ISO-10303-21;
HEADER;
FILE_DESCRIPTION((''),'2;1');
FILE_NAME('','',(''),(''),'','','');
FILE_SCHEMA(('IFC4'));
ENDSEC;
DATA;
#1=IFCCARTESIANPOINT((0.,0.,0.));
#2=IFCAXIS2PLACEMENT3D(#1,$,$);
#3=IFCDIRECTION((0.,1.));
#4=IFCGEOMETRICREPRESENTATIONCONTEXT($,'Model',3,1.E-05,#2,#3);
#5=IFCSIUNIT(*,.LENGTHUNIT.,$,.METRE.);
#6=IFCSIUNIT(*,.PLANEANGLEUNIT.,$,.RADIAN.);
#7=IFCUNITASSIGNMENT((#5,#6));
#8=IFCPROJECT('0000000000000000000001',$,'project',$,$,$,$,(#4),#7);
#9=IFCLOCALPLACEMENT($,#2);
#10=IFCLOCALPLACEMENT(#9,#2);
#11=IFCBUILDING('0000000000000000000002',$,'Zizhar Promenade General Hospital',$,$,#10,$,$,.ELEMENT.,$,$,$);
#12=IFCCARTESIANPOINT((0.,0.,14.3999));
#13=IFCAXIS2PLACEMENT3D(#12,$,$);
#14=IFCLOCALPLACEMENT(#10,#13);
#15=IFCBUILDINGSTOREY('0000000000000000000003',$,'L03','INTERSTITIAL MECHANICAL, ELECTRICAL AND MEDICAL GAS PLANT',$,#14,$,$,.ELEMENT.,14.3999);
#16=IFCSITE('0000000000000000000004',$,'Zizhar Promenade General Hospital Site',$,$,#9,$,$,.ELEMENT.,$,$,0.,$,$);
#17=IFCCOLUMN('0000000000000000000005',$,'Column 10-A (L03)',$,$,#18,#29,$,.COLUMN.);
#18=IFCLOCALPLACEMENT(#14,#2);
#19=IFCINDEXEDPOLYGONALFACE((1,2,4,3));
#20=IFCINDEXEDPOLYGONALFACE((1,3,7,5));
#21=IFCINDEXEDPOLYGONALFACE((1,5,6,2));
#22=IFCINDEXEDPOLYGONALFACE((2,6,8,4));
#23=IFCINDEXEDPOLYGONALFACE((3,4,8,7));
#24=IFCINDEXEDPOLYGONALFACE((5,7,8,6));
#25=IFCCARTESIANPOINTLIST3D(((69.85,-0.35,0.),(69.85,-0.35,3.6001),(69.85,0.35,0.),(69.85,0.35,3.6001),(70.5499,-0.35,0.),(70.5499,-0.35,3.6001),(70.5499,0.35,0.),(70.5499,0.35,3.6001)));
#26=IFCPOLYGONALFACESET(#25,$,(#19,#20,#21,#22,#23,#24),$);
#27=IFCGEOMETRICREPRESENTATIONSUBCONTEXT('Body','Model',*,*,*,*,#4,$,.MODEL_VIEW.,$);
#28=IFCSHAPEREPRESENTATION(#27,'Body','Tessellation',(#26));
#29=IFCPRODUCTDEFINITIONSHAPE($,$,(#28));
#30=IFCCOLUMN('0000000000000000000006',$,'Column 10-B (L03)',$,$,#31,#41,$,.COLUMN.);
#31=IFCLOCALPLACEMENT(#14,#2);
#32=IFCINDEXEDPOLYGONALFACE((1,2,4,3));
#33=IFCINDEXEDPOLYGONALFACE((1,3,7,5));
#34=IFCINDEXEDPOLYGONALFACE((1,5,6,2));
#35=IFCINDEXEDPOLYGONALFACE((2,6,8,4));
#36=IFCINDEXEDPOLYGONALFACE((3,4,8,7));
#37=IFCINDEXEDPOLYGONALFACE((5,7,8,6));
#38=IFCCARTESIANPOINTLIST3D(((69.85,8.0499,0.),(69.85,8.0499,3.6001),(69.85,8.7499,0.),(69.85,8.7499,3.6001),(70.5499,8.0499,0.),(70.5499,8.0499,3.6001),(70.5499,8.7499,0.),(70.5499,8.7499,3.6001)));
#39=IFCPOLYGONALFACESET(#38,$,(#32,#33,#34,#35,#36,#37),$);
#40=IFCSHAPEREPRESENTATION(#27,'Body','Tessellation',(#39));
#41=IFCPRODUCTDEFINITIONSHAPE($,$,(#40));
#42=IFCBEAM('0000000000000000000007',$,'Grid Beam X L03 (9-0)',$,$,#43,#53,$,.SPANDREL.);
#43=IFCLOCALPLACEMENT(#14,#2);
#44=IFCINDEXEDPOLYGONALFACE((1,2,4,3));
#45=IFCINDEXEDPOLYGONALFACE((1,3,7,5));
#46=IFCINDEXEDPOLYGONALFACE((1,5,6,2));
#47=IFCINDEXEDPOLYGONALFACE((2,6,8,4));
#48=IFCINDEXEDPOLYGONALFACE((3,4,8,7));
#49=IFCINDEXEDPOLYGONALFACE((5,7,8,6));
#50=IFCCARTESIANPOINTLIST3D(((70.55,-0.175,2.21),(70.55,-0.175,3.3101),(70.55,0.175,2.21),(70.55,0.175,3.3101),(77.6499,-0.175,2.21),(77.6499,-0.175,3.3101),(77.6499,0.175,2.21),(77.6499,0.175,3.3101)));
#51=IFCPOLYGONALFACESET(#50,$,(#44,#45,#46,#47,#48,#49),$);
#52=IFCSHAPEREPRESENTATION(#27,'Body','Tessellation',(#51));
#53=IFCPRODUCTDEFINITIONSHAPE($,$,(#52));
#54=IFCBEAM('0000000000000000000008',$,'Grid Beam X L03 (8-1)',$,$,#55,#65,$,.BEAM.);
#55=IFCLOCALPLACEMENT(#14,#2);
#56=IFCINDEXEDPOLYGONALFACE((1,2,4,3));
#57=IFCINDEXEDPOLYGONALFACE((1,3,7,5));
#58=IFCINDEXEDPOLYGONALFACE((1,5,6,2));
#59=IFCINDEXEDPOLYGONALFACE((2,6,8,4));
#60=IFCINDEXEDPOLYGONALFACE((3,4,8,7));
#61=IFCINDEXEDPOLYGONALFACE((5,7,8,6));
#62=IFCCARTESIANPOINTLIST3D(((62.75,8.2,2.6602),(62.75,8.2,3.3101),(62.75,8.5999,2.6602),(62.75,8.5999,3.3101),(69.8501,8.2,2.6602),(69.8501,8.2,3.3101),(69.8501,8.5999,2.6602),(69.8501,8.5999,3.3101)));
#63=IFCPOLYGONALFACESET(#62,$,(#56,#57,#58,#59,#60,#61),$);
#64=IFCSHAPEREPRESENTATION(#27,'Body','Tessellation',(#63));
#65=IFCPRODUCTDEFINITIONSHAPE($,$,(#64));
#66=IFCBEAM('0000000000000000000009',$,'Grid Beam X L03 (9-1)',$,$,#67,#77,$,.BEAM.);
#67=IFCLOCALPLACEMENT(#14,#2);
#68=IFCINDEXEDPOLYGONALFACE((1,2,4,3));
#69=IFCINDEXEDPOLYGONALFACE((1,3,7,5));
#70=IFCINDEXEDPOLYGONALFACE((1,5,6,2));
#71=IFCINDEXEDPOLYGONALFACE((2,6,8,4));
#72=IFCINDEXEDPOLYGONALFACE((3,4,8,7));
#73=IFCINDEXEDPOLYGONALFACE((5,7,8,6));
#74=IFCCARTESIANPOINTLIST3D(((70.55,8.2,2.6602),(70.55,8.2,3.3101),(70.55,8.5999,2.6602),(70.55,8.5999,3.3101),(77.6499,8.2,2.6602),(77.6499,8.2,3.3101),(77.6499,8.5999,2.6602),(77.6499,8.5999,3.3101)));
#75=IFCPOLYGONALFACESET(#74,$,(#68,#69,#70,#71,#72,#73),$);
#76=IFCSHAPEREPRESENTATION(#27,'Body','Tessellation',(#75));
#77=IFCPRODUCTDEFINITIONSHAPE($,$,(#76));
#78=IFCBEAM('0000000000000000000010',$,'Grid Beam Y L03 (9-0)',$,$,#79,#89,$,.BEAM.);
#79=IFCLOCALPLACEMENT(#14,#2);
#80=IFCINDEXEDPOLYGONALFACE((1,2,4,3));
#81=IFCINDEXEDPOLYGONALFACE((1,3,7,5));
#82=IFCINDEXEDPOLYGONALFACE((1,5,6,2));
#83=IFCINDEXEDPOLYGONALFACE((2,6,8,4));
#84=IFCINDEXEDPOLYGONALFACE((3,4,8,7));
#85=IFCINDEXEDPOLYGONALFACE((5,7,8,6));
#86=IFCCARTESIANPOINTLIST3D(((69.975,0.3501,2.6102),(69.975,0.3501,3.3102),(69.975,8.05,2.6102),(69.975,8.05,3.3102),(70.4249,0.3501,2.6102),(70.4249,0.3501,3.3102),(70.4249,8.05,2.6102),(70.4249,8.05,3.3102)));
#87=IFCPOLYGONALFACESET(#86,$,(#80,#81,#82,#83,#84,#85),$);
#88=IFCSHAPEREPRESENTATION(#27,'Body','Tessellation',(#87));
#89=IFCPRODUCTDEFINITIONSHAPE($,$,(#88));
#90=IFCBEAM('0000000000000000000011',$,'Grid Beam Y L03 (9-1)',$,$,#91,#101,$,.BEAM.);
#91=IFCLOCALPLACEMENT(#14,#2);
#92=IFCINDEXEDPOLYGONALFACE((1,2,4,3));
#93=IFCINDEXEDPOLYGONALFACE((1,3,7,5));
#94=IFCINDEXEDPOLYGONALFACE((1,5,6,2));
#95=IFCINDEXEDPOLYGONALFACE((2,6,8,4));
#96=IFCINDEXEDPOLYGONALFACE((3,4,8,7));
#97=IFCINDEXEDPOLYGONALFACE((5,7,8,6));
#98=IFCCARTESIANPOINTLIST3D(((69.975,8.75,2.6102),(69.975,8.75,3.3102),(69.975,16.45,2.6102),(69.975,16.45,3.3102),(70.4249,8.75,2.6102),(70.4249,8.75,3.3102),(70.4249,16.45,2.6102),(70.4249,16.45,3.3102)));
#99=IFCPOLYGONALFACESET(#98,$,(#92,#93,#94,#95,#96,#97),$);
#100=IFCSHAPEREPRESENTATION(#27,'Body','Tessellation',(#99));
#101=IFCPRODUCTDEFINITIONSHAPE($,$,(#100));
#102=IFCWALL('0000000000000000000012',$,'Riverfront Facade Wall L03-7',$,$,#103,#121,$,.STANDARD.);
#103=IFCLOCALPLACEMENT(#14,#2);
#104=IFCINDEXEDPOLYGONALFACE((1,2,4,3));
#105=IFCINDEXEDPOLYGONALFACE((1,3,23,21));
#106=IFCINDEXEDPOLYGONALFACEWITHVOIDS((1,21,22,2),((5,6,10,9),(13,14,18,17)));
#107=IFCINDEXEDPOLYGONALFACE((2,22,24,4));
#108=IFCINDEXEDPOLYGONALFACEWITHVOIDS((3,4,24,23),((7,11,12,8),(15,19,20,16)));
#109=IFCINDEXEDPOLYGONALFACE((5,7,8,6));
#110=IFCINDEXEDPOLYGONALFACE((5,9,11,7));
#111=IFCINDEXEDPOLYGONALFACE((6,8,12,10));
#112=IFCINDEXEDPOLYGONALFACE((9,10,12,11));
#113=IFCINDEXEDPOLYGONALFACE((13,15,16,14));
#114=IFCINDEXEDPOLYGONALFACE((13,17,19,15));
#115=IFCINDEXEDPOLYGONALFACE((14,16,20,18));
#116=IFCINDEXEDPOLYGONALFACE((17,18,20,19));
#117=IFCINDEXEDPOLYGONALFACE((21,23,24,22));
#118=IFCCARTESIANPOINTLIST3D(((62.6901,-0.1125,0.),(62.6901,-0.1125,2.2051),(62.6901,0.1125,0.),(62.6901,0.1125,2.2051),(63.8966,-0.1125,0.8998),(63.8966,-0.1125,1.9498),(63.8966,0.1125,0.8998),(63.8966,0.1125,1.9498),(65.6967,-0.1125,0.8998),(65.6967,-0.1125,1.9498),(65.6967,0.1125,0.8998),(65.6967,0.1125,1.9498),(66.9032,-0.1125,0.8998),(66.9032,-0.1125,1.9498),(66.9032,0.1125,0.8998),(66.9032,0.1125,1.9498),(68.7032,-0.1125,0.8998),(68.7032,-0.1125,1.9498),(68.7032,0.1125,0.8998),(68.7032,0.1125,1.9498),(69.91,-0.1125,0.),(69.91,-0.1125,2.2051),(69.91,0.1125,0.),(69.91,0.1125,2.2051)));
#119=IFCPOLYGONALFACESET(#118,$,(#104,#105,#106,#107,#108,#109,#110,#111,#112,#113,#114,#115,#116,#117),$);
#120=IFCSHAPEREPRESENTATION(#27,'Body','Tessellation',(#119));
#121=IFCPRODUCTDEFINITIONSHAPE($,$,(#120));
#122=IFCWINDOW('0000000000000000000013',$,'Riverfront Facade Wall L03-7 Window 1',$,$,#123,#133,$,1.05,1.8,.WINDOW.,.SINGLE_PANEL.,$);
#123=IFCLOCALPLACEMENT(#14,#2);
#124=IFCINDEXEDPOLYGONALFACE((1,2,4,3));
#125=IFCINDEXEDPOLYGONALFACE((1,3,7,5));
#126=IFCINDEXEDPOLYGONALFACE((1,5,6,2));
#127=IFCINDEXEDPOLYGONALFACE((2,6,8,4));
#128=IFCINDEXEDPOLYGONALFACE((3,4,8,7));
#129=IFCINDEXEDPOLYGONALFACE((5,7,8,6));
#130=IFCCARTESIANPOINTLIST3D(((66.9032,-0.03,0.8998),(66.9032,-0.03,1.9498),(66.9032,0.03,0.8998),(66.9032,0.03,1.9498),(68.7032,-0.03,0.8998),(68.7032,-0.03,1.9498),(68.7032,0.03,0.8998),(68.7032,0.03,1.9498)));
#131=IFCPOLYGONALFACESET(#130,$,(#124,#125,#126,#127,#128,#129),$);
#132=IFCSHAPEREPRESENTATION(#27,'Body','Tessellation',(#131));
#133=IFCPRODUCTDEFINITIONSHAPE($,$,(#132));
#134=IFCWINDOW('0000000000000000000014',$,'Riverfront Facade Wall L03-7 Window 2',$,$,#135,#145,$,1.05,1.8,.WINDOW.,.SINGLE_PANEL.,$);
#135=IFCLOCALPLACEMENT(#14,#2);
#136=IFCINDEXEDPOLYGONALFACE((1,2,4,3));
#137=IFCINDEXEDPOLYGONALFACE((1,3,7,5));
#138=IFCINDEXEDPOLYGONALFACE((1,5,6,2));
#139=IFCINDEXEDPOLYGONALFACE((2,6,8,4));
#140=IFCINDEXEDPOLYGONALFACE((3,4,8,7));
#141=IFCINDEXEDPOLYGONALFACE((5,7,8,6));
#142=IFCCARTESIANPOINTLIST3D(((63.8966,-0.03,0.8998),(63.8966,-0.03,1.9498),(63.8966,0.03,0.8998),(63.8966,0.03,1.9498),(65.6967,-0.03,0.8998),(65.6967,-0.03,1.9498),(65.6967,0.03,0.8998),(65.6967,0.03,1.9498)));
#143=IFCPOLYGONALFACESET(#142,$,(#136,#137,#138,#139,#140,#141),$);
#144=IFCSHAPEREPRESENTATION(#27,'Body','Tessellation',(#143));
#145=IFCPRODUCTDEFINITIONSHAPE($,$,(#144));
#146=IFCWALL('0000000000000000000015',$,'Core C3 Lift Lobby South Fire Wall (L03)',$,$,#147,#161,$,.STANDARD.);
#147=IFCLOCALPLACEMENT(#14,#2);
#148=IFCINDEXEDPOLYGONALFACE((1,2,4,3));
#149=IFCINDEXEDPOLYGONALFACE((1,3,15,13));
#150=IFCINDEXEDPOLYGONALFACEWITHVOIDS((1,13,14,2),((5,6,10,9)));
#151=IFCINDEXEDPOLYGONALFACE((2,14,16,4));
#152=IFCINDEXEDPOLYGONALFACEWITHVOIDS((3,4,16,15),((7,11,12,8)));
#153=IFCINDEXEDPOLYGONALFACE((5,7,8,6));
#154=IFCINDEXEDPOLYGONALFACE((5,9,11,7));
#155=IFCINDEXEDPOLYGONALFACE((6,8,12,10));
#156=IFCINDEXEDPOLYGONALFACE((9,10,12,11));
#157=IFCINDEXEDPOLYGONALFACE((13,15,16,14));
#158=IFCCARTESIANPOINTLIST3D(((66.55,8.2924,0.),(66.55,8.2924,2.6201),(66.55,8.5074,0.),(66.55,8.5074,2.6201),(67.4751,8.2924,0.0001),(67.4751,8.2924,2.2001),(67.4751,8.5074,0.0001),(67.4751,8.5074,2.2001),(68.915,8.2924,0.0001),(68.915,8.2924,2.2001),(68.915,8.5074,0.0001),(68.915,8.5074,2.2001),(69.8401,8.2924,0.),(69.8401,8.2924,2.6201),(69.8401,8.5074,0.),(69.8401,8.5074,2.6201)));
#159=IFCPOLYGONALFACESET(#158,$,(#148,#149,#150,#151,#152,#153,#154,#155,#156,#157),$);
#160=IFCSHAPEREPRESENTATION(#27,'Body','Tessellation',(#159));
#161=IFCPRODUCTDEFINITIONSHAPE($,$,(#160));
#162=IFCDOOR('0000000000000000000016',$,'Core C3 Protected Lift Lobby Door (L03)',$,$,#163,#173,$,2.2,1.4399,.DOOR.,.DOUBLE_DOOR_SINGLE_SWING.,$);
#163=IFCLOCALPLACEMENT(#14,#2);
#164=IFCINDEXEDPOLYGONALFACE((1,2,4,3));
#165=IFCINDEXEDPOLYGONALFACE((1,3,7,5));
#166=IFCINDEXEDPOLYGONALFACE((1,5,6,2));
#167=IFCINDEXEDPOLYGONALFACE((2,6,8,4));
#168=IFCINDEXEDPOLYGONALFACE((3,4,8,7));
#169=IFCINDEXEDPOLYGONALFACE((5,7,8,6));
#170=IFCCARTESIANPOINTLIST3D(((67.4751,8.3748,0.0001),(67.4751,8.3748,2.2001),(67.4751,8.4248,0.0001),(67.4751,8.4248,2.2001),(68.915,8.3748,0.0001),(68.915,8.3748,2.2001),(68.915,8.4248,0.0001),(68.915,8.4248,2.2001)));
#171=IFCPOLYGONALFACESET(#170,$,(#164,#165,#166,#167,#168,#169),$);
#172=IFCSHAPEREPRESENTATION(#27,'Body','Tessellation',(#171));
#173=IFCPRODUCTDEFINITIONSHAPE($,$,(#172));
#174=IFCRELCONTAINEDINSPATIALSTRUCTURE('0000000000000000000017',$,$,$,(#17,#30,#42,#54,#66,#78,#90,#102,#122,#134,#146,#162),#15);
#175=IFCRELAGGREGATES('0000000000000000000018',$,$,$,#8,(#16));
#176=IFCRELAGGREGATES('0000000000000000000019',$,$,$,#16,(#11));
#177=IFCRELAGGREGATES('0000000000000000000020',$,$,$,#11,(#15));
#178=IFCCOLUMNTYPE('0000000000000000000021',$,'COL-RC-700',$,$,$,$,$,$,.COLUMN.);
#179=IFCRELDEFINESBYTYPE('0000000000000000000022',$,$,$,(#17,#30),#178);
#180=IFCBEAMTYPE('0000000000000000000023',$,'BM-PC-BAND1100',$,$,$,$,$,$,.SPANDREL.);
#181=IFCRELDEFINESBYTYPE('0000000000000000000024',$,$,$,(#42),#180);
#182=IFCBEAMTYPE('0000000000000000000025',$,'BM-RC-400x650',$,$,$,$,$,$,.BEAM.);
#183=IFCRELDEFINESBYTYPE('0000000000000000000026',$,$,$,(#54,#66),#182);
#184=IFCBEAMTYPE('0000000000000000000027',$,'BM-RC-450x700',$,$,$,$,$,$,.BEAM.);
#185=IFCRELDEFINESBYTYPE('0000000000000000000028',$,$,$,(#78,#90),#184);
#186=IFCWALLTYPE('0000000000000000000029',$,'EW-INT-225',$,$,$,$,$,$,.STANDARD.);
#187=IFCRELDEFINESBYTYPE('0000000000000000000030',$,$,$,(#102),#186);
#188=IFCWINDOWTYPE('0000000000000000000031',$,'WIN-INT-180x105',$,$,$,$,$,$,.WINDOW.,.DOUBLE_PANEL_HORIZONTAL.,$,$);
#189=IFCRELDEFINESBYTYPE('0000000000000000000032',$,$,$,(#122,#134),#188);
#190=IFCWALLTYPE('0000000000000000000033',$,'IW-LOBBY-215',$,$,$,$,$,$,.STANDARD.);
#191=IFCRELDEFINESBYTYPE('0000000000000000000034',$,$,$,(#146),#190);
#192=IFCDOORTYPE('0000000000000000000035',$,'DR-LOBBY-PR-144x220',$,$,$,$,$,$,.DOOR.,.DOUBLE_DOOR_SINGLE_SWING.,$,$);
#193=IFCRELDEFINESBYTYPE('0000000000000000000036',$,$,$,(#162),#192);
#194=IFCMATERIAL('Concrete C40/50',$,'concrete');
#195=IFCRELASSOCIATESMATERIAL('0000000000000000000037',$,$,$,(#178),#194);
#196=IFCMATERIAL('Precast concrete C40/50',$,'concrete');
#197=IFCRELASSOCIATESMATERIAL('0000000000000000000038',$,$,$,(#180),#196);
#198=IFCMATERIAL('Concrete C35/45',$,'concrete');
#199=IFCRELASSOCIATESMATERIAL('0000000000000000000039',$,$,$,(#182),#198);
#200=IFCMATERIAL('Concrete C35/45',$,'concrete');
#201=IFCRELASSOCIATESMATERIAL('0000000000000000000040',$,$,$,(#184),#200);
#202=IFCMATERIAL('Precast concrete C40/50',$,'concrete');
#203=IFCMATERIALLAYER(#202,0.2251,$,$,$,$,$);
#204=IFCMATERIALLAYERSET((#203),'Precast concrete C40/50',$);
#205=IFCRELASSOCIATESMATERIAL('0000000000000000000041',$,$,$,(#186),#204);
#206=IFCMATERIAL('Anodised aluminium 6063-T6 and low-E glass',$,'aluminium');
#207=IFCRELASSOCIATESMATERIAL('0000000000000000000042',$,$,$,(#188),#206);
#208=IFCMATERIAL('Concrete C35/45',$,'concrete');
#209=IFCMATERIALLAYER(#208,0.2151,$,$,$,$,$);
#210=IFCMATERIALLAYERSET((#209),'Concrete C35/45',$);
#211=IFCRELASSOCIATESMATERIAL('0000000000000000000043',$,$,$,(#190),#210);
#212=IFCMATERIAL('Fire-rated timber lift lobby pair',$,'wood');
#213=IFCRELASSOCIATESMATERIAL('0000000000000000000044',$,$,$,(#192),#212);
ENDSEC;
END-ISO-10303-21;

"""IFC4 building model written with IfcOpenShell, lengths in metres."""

from ifc_helpers import new_model, si_unit, direction, frame, frame_2d, origin, origin_2d, place, context, subcontext, project, spatial, rectangle, extrude, material, layer, layer_set, material_profile, profile_set, type_object, element, fill, save


model = new_model("IFC4")

# Units and contexts
model_context = context("Model", 3, precision=1e-05, world=origin(), true_north=direction((0.0, 1.0)))
body_context = subcontext(model_context, "Body", "Model", "MODEL_VIEW")
ifc_project = project(units=[si_unit("LENGTHUNIT", "METRE"), si_unit("PLANEANGLEUNIT", "RADIAN")], contexts=[model_context])

# Site, building, storey
site_placement = place(None, origin())
site = spatial("IfcSite", under=ifc_project, at=site_placement, Name="Zizhar Promenade General Hospital Site", CompositionType="ELEMENT", RefElevation=0.0)
building_placement = place(site_placement, origin())
building = spatial("IfcBuilding", under=site, at=building_placement, Name="Zizhar Promenade General Hospital", CompositionType="ELEMENT")
storey_placement = place(building_placement, frame((0.0, 0.0, 14.3999)))
storey = spatial("IfcBuildingStorey", under=building, at=storey_placement, Name="L03", Description="INTERSTITIAL MECHANICAL, ELECTRICAL AND MEDICAL GAS PLANT", CompositionType="ELEMENT", Elevation=14.3999)

# Columns
ifc_material_1 = material(Name="Concrete C40/50", Category="concrete")
ifc_material_profile_1 = material_profile(ifc_material_1, rectangle(XDim=0.7, YDim=0.7, at=origin_2d()))
ifc_profile_set_1 = profile_set([ifc_material_profile_1], Name="Concrete C40/50")
column_type = type_object("IfcColumnType", Name="COL-RC-700", PredefinedType="COLUMN", material=ifc_profile_set_1)
for number, where, z_axis, x_axis, name in (
    (1, (70.2, 0.0, 0.0), (0.0, 0.0, 1.0), (1.0, 0.0, 0.0), "Column 10-A (L03)"),
    (2, (70.2, 8.3999, 0.0), (0.0, 0.0, 1.0), (1.0, 0.0, 0.0), "Column 10-B (L03)"),
):
    element("IfcColumn", number, at=place(storey_placement, frame(where, z_axis=z_axis, x_axis=x_axis)), inside=storey, type_object=column_type, Name=name, PredefinedType="COLUMN", context=body_context, shape_type="SweptSolid", body=[
        extrude(rectangle(XDim=0.7, YDim=0.7, at=origin_2d()), origin(), (0.0, 0.0, 1.0), 3.6001),
    ])

# Beams
ifc_material_2 = material(Name="Precast concrete C40/50", Category="concrete")
ifc_material_profile_2 = material_profile(ifc_material_2, rectangle(XDim=0.3501, YDim=1.1001, at=origin_2d()))
ifc_profile_set_2 = profile_set([ifc_material_profile_2], Name="Precast concrete C40/50")
beam_type_1 = type_object("IfcBeamType", Name="BM-PC-BAND1100", PredefinedType="SPANDREL", material=ifc_profile_set_2)
beam_1_placement = place(storey_placement, frame((70.55, 0.0, 2.76), z_axis=(1.0, 0.0, 0.0), x_axis=(0.0, 1.0, 0.0)))
element("IfcBeam", 3, at=beam_1_placement, inside=storey, type_object=beam_type_1, Name="Grid Beam X L03 (9-0)", PredefinedType="SPANDREL", context=body_context, shape_type="SweptSolid", body=[
    extrude(rectangle(XDim=0.3501, YDim=1.1001, at=origin_2d()), origin(), (0.0, 0.0, 1.0), 7.0999),
])
ifc_material_3 = material(Name="Concrete C35/45", Category="concrete")
ifc_material_profile_3 = material_profile(ifc_material_3, rectangle(XDim=0.3999, YDim=0.6499, at=origin_2d()))
ifc_profile_set_3 = profile_set([ifc_material_profile_3], Name="Concrete C35/45")
beam_type_2 = type_object("IfcBeamType", Name="BM-RC-400x650", PredefinedType="BEAM", material=ifc_profile_set_3)
beam_2_placement = place(storey_placement, frame((62.75, 8.3999, 2.9851), z_axis=(1.0, 0.0, 0.0), x_axis=(0.0, 1.0, 0.0)))
element("IfcBeam", 4, at=beam_2_placement, inside=storey, type_object=beam_type_2, Name="Grid Beam X L03 (8-1)", PredefinedType="BEAM", context=body_context, shape_type="SweptSolid", body=[
    extrude(rectangle(XDim=0.3999, YDim=0.6499, at=origin_2d()), origin(), (0.0, 0.0, 1.0), 7.1001),
])
beam_3_placement = place(storey_placement, frame((70.55, 8.3999, 2.9851), z_axis=(1.0, 0.0, 0.0), x_axis=(0.0, 1.0, 0.0)))
element("IfcBeam", 5, at=beam_3_placement, inside=storey, type_object=beam_type_2, Name="Grid Beam X L03 (9-1)", PredefinedType="BEAM", context=body_context, shape_type="SweptSolid", body=[
    extrude(rectangle(XDim=0.3999, YDim=0.6499, at=origin_2d()), origin(), (0.0, 0.0, 1.0), 7.0999),
])
ifc_material_4 = material(Name="Concrete C35/45", Category="concrete")
ifc_material_profile_4 = material_profile(ifc_material_4, rectangle(XDim=0.45, YDim=0.7, at=origin_2d()))
ifc_profile_set_4 = profile_set([ifc_material_profile_4], Name="Concrete C35/45")
beam_type_3 = type_object("IfcBeamType", Name="BM-RC-450x700", PredefinedType="BEAM", material=ifc_profile_set_4)
for number, where, z_axis, x_axis, name in (
    (6, (70.2, 0.3501, 2.9602), (0.0, 1.0, 0.0), (-1.0, 0.0, 0.0), "Grid Beam Y L03 (9-0)"),
    (7, (70.2, 8.75, 2.9602), (0.0, 1.0, 0.0), (-1.0, 0.0, 0.0), "Grid Beam Y L03 (9-1)"),
):
    element("IfcBeam", number, at=place(storey_placement, frame(where, z_axis=z_axis, x_axis=x_axis)), inside=storey, type_object=beam_type_3, Name=name, PredefinedType="BEAM", context=body_context, shape_type="SweptSolid", body=[
        extrude(rectangle(XDim=0.45, YDim=0.7, at=origin_2d()), origin(), (0.0, 0.0, 1.0), 7.7),
    ])

# Wall, openings, windows
ifc_material_5 = material(Name="Precast concrete C40/50", Category="concrete")
ifc_layer_1 = layer(ifc_material_5, 0.2251)
ifc_layer_set_1 = layer_set([ifc_layer_1], Name="Precast concrete C40/50")
wall_type_1 = type_object("IfcWallType", Name="EW-INT-225", PredefinedType="STANDARD", material=ifc_layer_set_1)
wall_1_placement = place(storey_placement, frame((69.9099, 0.0, 0.0), z_axis=(0.0, 0.0, 1.0), x_axis=(-1.0, 0.0, 0.0)))
wall_1 = element("IfcWall", 8, at=wall_1_placement, inside=storey, type_object=wall_type_1, Name="Riverfront Facade Wall L03-7", PredefinedType="STANDARD", context=body_context, shape_type="SweptSolid", body=[
    extrude(rectangle(XDim=7.22, YDim=0.2251, at=frame_2d((3.6099, 0.0))), origin(), (0.0, 0.0, 1.0), 2.2051),
])
opening_1_placement = place(wall_1_placement, frame((1.2068, 0.0, 0.8999)))
opening_1 = element("IfcOpeningElement", 9, at=opening_1_placement, cuts=wall_1, PredefinedType="OPENING", context=body_context, shape_type="SweptSolid", body=[
    extrude(rectangle(XDim=1.8, YDim=1.05, at=frame_2d((0.8999, 0.5249))), frame((0.0, 0.1226, 0.0), z_axis=(0.0, -1.0, 0.0), x_axis=(1.0, 0.0, 0.0)), (0.0, 0.0, 1.0), 0.2451),
])
opening_2_placement = place(wall_1_placement, frame((4.2134, 0.0, 0.8999)))
opening_2 = element("IfcOpeningElement", 10, at=opening_2_placement, cuts=wall_1, PredefinedType="OPENING", context=body_context, shape_type="SweptSolid", body=[
    extrude(rectangle(XDim=1.8, YDim=1.05, at=frame_2d((0.8999, 0.5249))), frame((0.0, 0.1226, 0.0), z_axis=(0.0, -1.0, 0.0), x_axis=(1.0, 0.0, 0.0)), (0.0, 0.0, 1.0), 0.2451),
])
ifc_material_6 = material(Name="Anodised aluminium 6063-T6 and low-E glass", Category="aluminium")
window_type = type_object("IfcWindowType", Name="WIN-INT-180x105", PartitioningType="DOUBLE_PANEL_HORIZONTAL", PredefinedType="WINDOW", material=ifc_material_6)
window_1_placement = place(opening_1_placement, origin())
window_1 = element("IfcWindow", 11, at=window_1_placement, inside=storey, type_object=window_type, Name="Riverfront Facade Wall L03-7 Window 1", OverallHeight=1.05, OverallWidth=1.8, PartitioningType="SINGLE_PANEL", PredefinedType="WINDOW", context=body_context, shape_type="SweptSolid", body=[
    extrude(rectangle(XDim=1.8, YDim=1.05, at=frame_2d((0.8999, 0.5249))), frame((0.0, 0.03, 0.0), z_axis=(0.0, -1.0, 0.0), x_axis=(1.0, 0.0, 0.0)), (0.0, 0.0, 1.0), 0.0601),
])
fill(opening_1, window_1)
window_2_placement = place(opening_2_placement, origin())
window_2 = element("IfcWindow", 12, at=window_2_placement, inside=storey, type_object=window_type, Name="Riverfront Facade Wall L03-7 Window 2", OverallHeight=1.05, OverallWidth=1.8, PartitioningType="SINGLE_PANEL", PredefinedType="WINDOW", context=body_context, shape_type="SweptSolid", body=[
    extrude(rectangle(XDim=1.8, YDim=1.05, at=frame_2d((0.8999, 0.5249))), frame((0.0, 0.03, 0.0), z_axis=(0.0, -1.0, 0.0), x_axis=(1.0, 0.0, 0.0)), (0.0, 0.0, 1.0), 0.0601),
])
fill(opening_2, window_2)

# Wall, opening, door
ifc_material_7 = material(Name="Concrete C35/45", Category="concrete")
ifc_layer_2 = layer(ifc_material_7, 0.2151)
ifc_layer_set_2 = layer_set([ifc_layer_2], Name="Concrete C35/45")
wall_type_2 = type_object("IfcWallType", Name="IW-LOBBY-215", PredefinedType="STANDARD", material=ifc_layer_set_2)
wall_2_placement = place(storey_placement, frame((66.55, 8.3999, 0.0), z_axis=(0.0, 0.0, 1.0), x_axis=(1.0, 0.0, 0.0)))
wall_2 = element("IfcWall", 13, at=wall_2_placement, inside=storey, type_object=wall_type_2, Name="Core C3 Lift Lobby South Fire Wall (L03)", PredefinedType="STANDARD", context=body_context, shape_type="SweptSolid", body=[
    extrude(rectangle(XDim=3.29, YDim=0.2151, at=frame_2d((1.645, 0.0))), origin(), (0.0, 0.0, 1.0), 2.6201),
])
opening_3_placement = place(wall_2_placement, frame((0.925, 0.0, 0.0)))
opening_3 = element("IfcOpeningElement", 14, at=opening_3_placement, cuts=wall_2, PredefinedType="OPENING", context=body_context, shape_type="SweptSolid", body=[
    extrude(rectangle(XDim=1.4399, YDim=2.2, at=frame_2d((0.72, 1.1001))), frame((0.0, 0.1177, 0.0), z_axis=(0.0, -1.0, 0.0), x_axis=(1.0, 0.0, 0.0)), (0.0, 0.0, 1.0), 0.2351),
])
ifc_material_8 = material(Name="Fire-rated timber lift lobby pair", Category="wood")
door_type_1 = type_object("IfcDoorType", Name="DR-LOBBY-PR-144x220", OperationType="DOUBLE_DOOR_SINGLE_SWING", PredefinedType="DOOR", material=ifc_material_8)
door_1_placement = place(opening_3_placement, origin())
door_1 = element("IfcDoor", 15, at=door_1_placement, inside=storey, type_object=door_type_1, Name="Core C3 Protected Lift Lobby Door (L03)", OperationType="DOUBLE_DOOR_SINGLE_SWING", OverallHeight=2.2, OverallWidth=1.4399, PredefinedType="DOOR", context=body_context, shape_type="SweptSolid", body=[
    extrude(rectangle(XDim=1.4399, YDim=2.2, at=frame_2d((0.72, 1.1001))), frame((0.0, 0.0249, 0.0), z_axis=(0.0, -1.0, 0.0), x_axis=(1.0, 0.0, 0.0)), (0.0, 0.0, 1.0), 0.05),
])
fill(opening_3, door_1)

save(model, "model.ifc")
